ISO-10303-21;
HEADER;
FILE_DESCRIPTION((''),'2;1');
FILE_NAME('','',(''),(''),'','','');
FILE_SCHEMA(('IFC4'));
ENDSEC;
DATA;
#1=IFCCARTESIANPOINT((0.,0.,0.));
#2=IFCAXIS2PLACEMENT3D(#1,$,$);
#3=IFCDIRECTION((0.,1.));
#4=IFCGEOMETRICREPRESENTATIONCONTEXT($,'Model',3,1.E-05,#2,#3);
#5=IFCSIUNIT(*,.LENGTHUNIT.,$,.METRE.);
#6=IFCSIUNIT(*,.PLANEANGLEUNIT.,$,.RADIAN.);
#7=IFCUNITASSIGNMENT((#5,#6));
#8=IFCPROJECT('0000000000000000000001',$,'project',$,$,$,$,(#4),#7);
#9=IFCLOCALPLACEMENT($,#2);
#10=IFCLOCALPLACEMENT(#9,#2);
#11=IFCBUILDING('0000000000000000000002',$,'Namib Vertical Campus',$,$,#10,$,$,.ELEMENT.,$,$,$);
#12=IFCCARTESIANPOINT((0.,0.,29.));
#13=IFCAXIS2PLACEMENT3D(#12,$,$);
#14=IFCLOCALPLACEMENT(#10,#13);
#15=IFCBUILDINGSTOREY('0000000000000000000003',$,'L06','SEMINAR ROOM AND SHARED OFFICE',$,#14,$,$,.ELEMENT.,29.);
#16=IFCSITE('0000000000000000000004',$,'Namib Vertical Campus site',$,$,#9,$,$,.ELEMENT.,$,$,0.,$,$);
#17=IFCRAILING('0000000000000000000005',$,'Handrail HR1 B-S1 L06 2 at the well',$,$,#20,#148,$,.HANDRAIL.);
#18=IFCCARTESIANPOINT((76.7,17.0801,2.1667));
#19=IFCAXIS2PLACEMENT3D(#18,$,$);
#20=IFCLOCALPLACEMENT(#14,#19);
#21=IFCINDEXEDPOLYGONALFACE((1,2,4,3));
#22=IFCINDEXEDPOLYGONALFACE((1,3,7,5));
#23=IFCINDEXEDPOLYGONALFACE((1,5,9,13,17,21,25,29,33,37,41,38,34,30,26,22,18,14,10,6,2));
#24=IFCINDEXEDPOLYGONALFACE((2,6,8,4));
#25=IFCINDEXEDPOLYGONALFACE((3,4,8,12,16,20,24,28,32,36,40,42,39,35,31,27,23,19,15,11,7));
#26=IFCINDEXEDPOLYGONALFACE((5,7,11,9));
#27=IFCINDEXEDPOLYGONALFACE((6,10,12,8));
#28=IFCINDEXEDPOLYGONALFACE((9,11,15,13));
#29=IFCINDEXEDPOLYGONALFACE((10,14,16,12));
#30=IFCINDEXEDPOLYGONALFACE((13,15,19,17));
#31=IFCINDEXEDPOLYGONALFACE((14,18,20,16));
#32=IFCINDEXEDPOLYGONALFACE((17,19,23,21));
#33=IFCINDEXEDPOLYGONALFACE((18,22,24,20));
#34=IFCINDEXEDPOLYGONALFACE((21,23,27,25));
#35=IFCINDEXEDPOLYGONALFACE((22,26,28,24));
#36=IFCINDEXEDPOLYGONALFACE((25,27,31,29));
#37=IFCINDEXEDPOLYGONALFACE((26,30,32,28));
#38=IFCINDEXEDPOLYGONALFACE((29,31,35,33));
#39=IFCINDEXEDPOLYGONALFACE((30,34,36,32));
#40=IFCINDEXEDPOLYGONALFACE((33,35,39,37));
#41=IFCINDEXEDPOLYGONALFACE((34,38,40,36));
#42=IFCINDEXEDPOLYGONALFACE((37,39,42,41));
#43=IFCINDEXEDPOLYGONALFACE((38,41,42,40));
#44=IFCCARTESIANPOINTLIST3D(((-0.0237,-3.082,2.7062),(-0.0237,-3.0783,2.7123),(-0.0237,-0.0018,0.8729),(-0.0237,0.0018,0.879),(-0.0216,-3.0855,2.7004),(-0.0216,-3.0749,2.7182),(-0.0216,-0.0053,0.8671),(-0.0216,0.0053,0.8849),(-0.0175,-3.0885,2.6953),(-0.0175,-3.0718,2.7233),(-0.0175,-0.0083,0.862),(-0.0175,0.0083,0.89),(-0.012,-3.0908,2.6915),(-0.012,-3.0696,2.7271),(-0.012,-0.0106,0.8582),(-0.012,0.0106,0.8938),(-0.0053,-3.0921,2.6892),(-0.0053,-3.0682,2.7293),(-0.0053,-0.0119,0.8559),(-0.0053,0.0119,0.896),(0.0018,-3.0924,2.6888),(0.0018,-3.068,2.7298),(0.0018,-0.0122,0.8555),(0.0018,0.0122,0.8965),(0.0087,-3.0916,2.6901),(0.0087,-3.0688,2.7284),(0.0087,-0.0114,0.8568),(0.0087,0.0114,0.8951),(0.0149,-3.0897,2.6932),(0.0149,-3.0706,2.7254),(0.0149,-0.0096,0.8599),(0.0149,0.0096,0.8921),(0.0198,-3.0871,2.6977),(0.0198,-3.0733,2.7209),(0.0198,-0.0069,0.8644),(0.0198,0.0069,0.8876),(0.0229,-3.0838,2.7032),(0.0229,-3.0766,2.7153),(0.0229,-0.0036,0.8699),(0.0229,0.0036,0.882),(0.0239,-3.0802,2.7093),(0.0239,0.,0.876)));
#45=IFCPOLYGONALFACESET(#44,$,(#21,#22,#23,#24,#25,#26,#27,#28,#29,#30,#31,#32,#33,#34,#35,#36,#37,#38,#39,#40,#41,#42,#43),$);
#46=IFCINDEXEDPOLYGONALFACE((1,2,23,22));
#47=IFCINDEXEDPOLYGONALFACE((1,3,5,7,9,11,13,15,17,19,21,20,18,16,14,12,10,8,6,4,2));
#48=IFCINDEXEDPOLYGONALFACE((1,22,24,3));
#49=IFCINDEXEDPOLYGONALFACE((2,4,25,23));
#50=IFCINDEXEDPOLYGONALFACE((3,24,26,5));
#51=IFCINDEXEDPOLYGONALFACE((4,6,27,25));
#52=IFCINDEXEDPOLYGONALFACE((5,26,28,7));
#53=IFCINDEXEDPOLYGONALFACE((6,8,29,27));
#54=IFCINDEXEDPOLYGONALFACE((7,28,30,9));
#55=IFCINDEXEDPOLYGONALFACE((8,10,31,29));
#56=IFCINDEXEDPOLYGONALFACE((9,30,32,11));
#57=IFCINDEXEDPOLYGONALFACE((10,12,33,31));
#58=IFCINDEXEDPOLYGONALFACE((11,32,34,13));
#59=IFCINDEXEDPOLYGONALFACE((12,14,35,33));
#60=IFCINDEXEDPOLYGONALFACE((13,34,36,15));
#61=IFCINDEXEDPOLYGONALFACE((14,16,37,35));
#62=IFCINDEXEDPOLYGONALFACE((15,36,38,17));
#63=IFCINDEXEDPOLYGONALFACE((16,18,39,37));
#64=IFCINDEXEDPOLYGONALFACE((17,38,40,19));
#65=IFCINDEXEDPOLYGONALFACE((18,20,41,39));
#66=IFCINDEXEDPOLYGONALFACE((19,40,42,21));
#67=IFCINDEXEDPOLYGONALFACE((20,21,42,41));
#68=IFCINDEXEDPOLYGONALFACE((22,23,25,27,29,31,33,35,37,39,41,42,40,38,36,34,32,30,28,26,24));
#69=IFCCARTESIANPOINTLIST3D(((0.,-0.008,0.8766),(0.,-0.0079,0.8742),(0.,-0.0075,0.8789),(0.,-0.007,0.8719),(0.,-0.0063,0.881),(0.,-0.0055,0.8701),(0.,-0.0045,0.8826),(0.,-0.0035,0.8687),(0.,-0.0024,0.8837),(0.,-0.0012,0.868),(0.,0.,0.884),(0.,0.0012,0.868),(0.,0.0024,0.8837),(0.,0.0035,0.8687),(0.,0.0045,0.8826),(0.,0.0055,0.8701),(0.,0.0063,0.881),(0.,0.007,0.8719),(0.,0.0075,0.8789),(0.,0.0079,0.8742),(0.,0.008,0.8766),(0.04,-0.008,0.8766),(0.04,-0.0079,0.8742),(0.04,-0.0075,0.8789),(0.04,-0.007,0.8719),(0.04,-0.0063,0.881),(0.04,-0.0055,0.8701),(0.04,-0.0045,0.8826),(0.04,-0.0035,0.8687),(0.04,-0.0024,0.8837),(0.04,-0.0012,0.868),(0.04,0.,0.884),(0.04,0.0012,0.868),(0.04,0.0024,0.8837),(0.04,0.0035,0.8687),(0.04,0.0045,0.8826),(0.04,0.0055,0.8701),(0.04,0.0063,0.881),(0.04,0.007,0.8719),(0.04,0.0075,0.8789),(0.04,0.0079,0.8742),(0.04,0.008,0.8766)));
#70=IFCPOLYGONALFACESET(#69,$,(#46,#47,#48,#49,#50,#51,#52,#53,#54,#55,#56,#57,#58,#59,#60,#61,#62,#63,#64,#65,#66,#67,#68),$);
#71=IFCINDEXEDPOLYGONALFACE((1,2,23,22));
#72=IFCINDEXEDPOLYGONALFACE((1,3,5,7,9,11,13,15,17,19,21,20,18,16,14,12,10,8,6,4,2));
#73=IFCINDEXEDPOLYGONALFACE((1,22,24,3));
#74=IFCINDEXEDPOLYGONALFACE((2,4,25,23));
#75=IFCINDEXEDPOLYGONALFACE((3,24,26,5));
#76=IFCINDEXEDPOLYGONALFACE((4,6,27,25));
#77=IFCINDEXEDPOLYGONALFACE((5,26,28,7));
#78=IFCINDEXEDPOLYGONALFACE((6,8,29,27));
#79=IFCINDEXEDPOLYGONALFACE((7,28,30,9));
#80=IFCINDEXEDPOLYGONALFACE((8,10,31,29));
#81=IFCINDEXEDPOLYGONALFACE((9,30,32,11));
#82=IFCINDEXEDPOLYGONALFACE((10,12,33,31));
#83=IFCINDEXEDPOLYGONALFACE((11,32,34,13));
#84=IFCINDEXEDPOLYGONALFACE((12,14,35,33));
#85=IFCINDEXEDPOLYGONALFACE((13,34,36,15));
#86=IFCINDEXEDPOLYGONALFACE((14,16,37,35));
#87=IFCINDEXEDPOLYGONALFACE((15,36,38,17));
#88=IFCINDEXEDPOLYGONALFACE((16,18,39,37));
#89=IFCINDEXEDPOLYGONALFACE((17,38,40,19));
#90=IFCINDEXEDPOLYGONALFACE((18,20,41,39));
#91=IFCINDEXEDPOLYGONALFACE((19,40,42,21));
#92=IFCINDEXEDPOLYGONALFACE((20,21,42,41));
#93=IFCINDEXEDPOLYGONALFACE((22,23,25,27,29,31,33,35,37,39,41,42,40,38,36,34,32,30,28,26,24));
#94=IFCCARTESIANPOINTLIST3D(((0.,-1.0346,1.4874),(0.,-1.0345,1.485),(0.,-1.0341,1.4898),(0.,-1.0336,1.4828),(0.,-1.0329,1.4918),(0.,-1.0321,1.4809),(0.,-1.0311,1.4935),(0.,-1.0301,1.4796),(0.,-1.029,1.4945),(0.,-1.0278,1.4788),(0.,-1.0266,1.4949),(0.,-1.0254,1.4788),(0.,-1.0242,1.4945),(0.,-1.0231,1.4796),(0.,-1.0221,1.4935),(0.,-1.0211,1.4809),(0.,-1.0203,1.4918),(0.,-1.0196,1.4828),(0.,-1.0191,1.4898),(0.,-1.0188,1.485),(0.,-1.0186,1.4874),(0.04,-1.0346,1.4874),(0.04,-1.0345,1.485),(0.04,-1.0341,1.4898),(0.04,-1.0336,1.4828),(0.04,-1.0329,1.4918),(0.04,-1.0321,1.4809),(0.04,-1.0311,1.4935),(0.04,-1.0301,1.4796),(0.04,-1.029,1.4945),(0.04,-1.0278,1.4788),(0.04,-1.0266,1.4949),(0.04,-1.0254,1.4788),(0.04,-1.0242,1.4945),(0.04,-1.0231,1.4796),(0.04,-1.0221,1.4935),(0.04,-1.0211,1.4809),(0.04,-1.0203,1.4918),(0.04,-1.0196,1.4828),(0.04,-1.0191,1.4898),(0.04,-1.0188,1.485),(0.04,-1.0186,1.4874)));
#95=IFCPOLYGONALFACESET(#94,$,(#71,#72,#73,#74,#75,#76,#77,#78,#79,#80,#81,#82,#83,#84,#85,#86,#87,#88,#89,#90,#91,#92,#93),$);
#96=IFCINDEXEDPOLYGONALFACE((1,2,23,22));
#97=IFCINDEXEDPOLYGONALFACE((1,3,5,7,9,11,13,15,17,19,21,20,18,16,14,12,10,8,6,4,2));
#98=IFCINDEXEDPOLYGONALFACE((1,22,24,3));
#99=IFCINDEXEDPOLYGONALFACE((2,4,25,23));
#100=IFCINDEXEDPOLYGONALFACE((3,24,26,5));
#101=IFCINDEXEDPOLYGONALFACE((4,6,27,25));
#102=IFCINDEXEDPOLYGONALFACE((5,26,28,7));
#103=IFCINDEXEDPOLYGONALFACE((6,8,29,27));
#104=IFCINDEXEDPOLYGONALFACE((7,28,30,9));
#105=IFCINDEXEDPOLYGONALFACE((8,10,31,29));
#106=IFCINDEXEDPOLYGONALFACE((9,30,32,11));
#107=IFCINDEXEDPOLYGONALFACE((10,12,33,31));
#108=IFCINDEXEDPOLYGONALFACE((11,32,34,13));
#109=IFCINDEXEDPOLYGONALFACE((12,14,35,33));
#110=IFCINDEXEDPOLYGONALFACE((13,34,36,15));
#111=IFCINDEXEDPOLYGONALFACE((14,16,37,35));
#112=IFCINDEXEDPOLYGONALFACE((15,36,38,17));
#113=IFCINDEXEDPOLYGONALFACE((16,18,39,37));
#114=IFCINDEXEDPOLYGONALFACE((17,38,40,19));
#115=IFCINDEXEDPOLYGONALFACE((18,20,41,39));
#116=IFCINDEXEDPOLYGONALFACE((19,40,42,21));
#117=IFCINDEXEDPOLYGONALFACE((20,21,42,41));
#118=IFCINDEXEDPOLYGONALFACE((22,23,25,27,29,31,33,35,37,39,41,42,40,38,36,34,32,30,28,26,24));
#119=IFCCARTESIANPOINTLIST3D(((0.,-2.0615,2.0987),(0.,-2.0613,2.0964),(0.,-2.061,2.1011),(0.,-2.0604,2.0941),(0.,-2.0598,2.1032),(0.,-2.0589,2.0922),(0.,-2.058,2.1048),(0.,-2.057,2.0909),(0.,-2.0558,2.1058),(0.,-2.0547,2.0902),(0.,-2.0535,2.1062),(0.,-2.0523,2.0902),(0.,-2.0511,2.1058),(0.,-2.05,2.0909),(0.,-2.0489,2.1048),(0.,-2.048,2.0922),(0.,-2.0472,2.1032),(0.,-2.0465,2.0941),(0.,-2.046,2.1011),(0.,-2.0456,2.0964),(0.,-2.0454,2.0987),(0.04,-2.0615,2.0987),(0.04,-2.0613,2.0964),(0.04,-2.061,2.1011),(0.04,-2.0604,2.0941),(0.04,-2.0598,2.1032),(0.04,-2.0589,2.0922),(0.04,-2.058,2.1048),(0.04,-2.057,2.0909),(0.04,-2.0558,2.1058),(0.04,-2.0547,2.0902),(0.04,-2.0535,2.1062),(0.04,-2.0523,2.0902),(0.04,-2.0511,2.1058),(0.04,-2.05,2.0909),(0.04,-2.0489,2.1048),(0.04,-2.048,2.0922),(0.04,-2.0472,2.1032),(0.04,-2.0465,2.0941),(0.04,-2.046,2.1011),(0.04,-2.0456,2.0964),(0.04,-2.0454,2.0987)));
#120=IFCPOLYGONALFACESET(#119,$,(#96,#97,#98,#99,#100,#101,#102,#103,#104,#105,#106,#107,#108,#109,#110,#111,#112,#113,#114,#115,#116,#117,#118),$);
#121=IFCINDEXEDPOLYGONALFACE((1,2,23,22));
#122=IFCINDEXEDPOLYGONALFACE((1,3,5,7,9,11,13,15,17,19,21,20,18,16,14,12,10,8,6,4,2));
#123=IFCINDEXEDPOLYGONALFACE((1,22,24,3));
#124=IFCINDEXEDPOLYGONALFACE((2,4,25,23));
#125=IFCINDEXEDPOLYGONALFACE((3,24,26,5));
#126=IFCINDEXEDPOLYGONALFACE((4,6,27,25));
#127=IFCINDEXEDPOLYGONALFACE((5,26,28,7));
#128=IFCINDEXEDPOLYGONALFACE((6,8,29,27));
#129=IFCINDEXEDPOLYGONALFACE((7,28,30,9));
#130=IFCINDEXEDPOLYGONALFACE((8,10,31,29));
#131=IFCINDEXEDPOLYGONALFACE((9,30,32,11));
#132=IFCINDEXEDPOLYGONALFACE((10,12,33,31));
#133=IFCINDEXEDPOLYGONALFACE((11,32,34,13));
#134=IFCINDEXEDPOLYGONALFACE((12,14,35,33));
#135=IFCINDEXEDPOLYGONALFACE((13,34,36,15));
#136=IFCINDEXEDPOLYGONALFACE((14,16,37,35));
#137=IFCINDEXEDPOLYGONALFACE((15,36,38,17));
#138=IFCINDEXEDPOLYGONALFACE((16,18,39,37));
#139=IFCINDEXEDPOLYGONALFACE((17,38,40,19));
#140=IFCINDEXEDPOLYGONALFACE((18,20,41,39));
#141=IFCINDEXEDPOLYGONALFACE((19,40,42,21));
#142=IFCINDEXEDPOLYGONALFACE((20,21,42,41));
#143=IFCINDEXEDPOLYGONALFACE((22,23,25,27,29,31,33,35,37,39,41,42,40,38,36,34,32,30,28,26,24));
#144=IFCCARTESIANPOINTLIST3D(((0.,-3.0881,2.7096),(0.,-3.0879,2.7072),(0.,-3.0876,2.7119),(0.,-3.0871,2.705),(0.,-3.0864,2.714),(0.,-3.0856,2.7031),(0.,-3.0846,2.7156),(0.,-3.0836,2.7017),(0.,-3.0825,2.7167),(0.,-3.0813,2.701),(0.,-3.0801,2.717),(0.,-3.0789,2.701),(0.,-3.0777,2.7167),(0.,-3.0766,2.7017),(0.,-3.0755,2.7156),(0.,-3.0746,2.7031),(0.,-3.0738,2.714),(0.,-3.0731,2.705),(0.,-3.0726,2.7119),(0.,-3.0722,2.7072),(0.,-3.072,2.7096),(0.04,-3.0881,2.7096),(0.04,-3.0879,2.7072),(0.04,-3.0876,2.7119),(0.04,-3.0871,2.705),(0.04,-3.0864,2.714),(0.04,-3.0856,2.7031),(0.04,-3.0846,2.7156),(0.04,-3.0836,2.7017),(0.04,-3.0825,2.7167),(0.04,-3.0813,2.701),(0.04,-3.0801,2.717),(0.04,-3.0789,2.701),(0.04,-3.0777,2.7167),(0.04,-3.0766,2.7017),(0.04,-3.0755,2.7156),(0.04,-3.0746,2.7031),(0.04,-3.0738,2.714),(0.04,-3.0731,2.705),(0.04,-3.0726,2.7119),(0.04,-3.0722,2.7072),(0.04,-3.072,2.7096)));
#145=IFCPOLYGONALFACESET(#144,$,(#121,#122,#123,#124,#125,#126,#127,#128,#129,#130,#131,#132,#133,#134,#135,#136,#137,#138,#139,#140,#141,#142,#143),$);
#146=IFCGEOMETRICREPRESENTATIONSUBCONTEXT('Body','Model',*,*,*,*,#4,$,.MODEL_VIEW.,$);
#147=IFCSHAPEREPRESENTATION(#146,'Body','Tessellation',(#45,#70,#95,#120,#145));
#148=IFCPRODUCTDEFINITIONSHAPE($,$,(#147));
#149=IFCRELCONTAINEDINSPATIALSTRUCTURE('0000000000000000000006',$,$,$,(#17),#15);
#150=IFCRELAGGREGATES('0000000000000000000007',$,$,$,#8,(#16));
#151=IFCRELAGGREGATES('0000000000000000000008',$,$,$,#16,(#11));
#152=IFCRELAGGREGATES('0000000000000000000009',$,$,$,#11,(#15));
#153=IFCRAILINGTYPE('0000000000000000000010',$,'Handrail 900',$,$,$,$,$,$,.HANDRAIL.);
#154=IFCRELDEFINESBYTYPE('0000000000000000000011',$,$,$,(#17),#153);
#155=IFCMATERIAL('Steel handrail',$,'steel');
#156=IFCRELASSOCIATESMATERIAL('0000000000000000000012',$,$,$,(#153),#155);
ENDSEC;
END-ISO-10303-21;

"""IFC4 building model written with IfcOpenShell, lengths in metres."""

from ifc_helpers import new_model, si_unit, direction, frame, origin, origin_2d, place, context, subcontext, project, spatial, circle, extrude, material, type_object, element, save


model = new_model("IFC4")

# Units and contexts
model_context = context("Model", 3, precision=1e-05, world=origin(), true_north=direction((0.0, 1.0)))
body_context = subcontext(model_context, "Body", "Model", "MODEL_VIEW")
ifc_project = project(units=[si_unit("LENGTHUNIT", "METRE"), si_unit("PLANEANGLEUNIT", "RADIAN")], contexts=[model_context])

# Site, building, storey
site_placement = place(None, origin())
site = spatial("IfcSite", under=ifc_project, at=site_placement, Name="Namib Vertical Campus site", CompositionType="ELEMENT", RefElevation=0.0)
building_placement = place(site_placement, origin())
building = spatial("IfcBuilding", under=site, at=building_placement, Name="Namib Vertical Campus", CompositionType="ELEMENT")
storey_placement = place(building_placement, frame((0.0, 0.0, 29.0)))
storey = spatial("IfcBuildingStorey", under=building, at=storey_placement, Name="L06", Description="SEMINAR ROOM AND SHARED OFFICE", CompositionType="ELEMENT", Elevation=29.0)

# Railing
ifc_material_1 = material(Name="Steel handrail", Category="steel")
railing_type_1 = type_object("IfcRailingType", Name="Handrail 900", PredefinedType="HANDRAIL", material=ifc_material_1)
railing_1_placement = place(storey_placement, frame((76.7, 17.0801, 2.1667)))
element("IfcRailing", 1, at=railing_1_placement, inside=storey, type_object=railing_type_1, Name="Handrail HR1 B-S1 L06 2 at the well", PredefinedType="HANDRAIL", context=body_context, shape_type="SweptSolid", body=[
    extrude(circle(Radius=0.0239, at=origin_2d()), frame((0.0, 0.0, 0.876), z_axis=(0.0, -0.859309, 0.511458), x_axis=(1.0, 0.0, 0.0)), (0.0, 0.0, 1.0), 3.5845),
    extrude(circle(Radius=0.0081, at=origin_2d()), frame((0.0, 0.0, 0.876), z_axis=(1.0, 0.0, 0.0), x_axis=(0.0, 0.0, 1.0)), (0.0, 0.0, 1.0), 0.04),
    extrude(circle(Radius=0.0081, at=origin_2d()), frame((0.0, -1.0266, 1.4868), z_axis=(1.0, 0.0, 0.0), x_axis=(0.0, 0.0, 1.0)), (0.0, 0.0, 1.0), 0.04),
    extrude(circle(Radius=0.0081, at=origin_2d()), frame((0.0, -2.0535, 2.0981), z_axis=(1.0, 0.0, 0.0), x_axis=(0.0, 0.0, 1.0)), (0.0, 0.0, 1.0), 0.04),
    extrude(circle(Radius=0.0081, at=origin_2d()), frame((0.0, -3.0801, 2.709), z_axis=(1.0, 0.0, 0.0), x_axis=(0.0, 0.0, 1.0)), (0.0, 0.0, 1.0), 0.04),
])

save(model, "model.ifc")
